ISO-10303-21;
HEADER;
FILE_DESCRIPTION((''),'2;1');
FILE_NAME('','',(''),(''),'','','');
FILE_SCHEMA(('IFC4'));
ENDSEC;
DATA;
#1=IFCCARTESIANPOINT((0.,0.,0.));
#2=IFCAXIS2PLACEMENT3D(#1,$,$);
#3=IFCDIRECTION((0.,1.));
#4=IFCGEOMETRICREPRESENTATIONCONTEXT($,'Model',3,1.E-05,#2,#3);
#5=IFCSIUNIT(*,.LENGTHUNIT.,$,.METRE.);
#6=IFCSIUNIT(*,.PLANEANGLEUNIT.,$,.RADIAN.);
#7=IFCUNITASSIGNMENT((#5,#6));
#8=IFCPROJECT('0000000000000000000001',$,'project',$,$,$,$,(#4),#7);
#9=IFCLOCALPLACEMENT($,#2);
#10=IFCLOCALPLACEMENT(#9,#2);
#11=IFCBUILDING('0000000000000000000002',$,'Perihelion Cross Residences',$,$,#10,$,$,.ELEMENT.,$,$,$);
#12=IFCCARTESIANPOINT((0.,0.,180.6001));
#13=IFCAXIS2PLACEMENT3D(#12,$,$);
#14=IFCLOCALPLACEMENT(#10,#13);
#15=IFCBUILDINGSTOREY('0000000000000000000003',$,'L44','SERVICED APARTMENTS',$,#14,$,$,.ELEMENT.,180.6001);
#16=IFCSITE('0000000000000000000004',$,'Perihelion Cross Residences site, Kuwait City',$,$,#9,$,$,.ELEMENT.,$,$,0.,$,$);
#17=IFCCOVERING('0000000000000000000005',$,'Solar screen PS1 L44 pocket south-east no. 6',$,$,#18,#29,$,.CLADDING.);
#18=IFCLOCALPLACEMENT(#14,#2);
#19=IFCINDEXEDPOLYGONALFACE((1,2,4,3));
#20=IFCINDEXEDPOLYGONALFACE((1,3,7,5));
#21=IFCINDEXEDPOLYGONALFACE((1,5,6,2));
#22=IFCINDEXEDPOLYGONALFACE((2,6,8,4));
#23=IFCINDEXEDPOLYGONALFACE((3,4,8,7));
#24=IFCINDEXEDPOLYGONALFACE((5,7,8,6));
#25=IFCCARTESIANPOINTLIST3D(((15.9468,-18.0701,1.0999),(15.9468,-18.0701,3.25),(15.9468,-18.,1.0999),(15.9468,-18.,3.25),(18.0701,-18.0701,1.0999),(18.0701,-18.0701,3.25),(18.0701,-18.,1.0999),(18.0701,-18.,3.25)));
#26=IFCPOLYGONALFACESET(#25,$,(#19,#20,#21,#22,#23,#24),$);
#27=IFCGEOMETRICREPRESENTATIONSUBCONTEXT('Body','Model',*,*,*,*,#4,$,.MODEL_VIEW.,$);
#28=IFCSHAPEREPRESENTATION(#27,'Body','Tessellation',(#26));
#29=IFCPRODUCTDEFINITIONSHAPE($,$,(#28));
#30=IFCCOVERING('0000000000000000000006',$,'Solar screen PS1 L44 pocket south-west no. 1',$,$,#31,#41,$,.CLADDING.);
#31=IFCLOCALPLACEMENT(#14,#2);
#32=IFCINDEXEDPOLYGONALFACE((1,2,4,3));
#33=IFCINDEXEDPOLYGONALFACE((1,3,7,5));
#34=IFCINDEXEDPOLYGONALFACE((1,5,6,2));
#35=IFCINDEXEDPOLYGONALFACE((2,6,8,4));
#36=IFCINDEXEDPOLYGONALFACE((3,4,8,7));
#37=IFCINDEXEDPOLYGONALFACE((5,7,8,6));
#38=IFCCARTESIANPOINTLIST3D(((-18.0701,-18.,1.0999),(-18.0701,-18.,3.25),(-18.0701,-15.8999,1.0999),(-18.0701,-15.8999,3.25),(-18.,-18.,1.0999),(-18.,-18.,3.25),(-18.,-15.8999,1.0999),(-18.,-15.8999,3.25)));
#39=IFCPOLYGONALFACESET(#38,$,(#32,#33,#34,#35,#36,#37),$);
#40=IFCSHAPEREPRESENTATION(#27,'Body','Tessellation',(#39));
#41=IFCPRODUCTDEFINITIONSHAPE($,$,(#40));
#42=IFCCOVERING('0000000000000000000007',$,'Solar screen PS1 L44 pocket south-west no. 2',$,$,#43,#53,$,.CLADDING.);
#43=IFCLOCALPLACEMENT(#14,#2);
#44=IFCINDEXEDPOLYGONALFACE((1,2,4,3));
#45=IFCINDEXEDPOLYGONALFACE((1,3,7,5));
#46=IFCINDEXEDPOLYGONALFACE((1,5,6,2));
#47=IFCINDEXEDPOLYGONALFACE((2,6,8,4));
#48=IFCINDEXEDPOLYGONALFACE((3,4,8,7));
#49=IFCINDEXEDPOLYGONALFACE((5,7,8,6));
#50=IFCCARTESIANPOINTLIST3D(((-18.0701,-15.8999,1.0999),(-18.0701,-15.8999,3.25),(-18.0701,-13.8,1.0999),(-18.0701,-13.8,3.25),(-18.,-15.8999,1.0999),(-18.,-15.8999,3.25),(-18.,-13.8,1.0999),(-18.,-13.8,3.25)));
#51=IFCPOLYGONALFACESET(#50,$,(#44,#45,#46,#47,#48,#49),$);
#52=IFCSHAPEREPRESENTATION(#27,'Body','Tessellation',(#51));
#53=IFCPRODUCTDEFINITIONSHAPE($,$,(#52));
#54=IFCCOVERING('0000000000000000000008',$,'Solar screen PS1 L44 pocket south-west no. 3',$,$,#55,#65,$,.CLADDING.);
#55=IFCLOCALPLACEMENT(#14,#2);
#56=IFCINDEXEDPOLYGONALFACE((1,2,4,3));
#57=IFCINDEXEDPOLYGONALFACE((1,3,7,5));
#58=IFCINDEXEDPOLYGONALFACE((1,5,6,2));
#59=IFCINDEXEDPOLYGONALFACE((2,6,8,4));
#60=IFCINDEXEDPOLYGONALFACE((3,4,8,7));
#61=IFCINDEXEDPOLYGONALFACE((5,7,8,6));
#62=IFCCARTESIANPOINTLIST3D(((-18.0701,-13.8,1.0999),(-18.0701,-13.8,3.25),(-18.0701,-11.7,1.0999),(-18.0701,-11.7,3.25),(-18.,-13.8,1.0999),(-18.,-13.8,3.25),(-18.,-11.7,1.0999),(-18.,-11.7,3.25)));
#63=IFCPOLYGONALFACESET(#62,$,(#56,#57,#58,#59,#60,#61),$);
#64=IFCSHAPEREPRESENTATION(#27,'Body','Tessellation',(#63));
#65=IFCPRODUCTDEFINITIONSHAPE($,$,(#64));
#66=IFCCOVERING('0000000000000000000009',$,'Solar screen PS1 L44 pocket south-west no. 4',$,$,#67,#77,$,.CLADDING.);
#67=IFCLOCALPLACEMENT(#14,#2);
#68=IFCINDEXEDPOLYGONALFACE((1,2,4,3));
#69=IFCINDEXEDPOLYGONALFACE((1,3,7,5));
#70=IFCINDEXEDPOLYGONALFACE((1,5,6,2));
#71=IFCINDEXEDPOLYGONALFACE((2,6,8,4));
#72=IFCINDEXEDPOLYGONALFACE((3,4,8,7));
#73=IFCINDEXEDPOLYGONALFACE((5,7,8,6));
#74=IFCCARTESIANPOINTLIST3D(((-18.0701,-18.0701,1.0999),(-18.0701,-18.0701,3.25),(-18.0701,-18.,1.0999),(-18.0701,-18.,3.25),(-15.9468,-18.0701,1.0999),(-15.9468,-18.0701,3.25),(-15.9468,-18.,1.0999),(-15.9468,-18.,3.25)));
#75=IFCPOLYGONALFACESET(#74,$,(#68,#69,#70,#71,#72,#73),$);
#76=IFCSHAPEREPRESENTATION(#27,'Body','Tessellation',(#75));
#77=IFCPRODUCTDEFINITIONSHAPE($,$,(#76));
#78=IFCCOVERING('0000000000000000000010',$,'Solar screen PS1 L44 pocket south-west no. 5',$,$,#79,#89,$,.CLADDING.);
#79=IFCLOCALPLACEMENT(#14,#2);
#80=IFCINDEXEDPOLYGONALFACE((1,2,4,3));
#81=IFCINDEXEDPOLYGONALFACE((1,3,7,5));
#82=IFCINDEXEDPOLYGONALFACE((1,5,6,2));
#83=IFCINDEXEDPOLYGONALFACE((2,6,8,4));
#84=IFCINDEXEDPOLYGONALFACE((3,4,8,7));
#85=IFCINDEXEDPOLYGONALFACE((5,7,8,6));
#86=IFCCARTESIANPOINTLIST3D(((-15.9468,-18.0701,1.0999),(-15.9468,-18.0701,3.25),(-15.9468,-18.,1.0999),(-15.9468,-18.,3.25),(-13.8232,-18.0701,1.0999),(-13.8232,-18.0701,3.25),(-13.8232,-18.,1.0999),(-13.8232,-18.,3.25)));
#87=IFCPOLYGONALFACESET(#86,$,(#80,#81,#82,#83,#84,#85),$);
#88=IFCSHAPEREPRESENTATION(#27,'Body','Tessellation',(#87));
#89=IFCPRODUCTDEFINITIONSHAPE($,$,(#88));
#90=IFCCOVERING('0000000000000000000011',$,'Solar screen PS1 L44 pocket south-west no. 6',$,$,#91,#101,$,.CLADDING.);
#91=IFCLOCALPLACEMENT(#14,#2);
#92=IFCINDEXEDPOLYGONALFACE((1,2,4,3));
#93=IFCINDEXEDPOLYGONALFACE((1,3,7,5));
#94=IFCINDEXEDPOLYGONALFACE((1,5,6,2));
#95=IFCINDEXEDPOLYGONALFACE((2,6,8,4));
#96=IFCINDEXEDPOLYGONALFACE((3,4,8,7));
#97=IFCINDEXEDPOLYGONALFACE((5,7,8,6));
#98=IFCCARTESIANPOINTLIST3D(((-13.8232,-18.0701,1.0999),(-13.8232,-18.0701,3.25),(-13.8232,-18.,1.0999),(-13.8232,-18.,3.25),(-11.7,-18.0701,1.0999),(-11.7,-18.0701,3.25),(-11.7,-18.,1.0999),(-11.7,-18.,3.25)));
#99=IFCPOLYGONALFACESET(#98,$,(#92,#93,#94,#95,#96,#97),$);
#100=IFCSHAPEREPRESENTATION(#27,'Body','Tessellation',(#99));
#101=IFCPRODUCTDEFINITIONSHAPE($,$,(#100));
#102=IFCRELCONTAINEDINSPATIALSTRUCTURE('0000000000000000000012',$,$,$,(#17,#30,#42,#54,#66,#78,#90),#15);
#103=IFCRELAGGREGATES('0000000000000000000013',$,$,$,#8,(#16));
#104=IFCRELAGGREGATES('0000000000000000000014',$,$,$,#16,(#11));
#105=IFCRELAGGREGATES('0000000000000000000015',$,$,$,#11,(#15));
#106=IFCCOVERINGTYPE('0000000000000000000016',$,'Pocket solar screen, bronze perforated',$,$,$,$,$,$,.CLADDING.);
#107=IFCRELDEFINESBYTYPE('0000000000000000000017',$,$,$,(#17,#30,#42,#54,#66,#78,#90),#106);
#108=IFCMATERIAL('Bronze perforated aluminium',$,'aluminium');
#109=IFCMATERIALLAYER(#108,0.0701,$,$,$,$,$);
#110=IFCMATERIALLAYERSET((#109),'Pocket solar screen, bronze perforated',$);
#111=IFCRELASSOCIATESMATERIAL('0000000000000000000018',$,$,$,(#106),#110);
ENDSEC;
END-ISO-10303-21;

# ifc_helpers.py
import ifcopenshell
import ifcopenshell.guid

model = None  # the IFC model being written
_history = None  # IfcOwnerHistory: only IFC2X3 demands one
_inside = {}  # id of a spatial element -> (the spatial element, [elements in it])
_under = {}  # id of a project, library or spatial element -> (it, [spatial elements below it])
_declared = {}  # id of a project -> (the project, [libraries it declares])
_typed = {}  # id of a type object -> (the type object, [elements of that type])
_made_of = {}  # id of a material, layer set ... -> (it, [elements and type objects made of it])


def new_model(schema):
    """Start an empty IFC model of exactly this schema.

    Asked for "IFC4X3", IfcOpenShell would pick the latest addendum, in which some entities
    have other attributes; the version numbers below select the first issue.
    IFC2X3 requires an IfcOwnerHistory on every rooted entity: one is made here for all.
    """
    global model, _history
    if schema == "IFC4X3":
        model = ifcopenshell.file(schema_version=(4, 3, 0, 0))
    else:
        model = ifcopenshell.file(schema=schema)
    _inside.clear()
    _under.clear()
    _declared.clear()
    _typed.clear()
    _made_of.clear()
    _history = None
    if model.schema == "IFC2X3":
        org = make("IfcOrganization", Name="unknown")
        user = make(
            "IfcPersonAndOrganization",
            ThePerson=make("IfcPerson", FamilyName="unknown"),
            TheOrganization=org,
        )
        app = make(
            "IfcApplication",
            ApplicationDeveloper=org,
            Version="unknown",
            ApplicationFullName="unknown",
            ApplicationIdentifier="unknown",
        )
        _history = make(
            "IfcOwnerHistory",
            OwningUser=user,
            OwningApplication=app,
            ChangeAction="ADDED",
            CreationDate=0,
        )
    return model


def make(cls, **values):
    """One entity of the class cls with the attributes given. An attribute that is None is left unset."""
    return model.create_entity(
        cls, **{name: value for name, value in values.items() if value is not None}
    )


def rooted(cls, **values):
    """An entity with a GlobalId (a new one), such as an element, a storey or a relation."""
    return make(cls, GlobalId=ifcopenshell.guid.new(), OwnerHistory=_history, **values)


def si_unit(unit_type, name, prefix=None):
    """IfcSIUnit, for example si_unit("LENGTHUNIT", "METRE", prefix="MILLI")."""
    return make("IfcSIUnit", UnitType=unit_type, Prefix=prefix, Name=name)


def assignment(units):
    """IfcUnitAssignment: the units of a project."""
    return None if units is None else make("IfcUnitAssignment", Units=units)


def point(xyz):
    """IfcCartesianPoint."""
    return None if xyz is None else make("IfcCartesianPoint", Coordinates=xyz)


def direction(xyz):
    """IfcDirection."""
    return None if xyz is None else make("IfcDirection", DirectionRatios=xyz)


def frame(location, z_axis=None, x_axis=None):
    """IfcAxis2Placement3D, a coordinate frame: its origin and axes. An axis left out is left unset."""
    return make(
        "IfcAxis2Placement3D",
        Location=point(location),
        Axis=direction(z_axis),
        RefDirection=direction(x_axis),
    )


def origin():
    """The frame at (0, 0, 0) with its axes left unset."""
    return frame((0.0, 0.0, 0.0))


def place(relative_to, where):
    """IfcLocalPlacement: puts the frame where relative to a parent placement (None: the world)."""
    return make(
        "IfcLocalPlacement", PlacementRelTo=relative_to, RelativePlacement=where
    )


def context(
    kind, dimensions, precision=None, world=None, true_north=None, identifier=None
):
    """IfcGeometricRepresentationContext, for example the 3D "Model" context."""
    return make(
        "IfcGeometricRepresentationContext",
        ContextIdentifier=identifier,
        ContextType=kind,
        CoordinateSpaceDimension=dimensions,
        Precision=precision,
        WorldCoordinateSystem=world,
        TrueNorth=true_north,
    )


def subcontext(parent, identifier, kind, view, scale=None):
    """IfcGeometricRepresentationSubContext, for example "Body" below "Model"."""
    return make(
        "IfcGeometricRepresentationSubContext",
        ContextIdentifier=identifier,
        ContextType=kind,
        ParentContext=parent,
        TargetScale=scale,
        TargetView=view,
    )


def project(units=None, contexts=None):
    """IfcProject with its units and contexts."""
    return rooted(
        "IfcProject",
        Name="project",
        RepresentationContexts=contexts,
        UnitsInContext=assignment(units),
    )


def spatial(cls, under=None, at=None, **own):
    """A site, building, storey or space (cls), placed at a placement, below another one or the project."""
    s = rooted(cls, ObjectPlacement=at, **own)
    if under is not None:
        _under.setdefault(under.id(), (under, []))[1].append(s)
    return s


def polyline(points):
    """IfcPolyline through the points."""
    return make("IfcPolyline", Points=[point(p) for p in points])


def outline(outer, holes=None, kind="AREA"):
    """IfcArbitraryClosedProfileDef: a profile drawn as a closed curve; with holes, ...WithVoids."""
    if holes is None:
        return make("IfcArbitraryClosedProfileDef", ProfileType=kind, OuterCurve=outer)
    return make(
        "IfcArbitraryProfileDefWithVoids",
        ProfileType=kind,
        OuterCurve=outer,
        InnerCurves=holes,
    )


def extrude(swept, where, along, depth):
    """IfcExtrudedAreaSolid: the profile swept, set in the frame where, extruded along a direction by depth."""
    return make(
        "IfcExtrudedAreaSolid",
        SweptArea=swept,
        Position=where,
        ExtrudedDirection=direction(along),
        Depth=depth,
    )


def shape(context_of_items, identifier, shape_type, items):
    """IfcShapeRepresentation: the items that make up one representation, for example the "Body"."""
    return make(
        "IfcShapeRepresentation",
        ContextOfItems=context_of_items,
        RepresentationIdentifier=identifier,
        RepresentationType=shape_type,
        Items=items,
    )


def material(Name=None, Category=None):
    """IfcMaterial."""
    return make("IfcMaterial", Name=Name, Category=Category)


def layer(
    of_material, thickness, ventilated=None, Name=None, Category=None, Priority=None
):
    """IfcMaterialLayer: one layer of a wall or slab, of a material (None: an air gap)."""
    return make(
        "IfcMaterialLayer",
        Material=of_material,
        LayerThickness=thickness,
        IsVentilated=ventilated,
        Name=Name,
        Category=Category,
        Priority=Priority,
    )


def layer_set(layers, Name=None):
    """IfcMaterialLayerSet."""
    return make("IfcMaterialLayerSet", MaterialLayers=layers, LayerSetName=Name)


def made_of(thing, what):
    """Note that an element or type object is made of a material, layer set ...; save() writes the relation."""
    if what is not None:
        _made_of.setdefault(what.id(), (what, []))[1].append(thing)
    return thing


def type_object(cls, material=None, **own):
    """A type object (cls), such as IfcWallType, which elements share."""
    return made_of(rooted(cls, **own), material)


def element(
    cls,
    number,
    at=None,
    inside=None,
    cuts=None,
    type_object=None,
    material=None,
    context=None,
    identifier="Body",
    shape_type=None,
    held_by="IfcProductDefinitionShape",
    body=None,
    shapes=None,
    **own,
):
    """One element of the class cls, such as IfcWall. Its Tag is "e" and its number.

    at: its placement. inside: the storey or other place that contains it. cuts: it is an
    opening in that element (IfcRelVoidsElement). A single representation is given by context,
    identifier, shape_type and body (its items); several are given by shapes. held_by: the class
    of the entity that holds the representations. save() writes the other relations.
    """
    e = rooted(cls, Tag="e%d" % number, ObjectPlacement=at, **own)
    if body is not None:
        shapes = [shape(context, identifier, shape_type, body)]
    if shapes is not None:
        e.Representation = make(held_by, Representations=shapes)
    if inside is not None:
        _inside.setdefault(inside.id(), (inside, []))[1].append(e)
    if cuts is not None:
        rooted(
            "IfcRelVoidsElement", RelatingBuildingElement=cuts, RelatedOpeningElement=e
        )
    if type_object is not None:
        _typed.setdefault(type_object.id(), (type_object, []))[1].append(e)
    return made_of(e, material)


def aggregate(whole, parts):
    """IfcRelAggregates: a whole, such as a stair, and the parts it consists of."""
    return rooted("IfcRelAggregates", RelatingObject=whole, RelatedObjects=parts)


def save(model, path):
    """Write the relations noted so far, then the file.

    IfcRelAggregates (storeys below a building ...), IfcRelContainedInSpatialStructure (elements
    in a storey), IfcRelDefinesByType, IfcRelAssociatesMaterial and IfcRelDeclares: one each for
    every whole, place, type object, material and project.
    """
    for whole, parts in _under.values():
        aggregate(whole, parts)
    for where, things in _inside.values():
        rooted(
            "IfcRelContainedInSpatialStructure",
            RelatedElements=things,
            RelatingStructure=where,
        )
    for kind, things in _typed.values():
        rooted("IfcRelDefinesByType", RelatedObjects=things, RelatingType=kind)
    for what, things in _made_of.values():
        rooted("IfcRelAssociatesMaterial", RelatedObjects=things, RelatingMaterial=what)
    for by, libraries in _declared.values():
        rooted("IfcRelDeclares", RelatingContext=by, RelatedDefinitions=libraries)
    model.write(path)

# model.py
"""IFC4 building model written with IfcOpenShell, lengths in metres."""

from ifc_helpers import new_model, si_unit, direction, frame, origin, place, context, subcontext, project, spatial, polyline, outline, extrude, material, layer, layer_set, type_object, element, save


model = new_model("IFC4")

# Units and contexts
model_context = context("Model", 3, precision=1e-05, world=origin(), true_north=direction((0.0, 1.0)))
body_context = subcontext(model_context, "Body", "Model", "MODEL_VIEW")
ifc_project = project(units=[si_unit("LENGTHUNIT", "METRE"), si_unit("PLANEANGLEUNIT", "RADIAN")], contexts=[model_context])

# Site, building, storey
site_placement = place(None, origin())
site = spatial("IfcSite", under=ifc_project, at=site_placement, Name="Perihelion Cross Residences site, Kuwait City", CompositionType="ELEMENT", RefElevation=0.0)
building_placement = place(site_placement, origin())
building = spatial("IfcBuilding", under=site, at=building_placement, Name="Perihelion Cross Residences", CompositionType="ELEMENT")
storey_placement = place(building_placement, frame((0.0, 0.0, 180.6001)))
storey = spatial("IfcBuildingStorey", under=building, at=storey_placement, Name="L44", Description="SERVICED APARTMENTS", CompositionType="ELEMENT", Elevation=180.6001)

# Coverings
ifc_material_1 = material(Name="Bronze perforated aluminium", Category="aluminium")
ifc_layer_1 = layer(ifc_material_1, 0.0701)
ifc_layer_set_1 = layer_set([ifc_layer_1], Name="Pocket solar screen, bronze perforated")
covering_type_1 = type_object("IfcCoveringType", Name="Pocket solar screen, bronze perforated", PredefinedType="CLADDING", material=ifc_layer_set_1)
covering_1_placement = place(storey_placement, frame((0.0, 0.0, 1.0999)))
element("IfcCovering", 1, at=covering_1_placement, inside=storey, type_object=covering_type_1, Name="Solar screen PS1 L44 pocket south-east no. 6", PredefinedType="CLADDING", context=body_context, shape_type="SweptSolid", body=[
    extrude(outline(polyline([(18.0701, -18.0701), (18.0701, -18.0), (15.9468, -18.0), (15.9468, -18.0701), (18.0701, -18.0701)])), origin(), (0.0, 0.0, 1.0), 2.1501),
])
covering_2_placement = place(storey_placement, frame((0.0, 0.0, 1.0999)))
element("IfcCovering", 2, at=covering_2_placement, inside=storey, type_object=covering_type_1, Name="Solar screen PS1 L44 pocket south-west no. 1", PredefinedType="CLADDING", context=body_context, shape_type="SweptSolid", body=[
    extrude(outline(polyline([(-18.0, -18.0), (-18.0, -15.8999), (-18.0701, -15.8999), (-18.0701, -18.0), (-18.0, -18.0)])), origin(), (0.0, 0.0, 1.0), 2.1501),
])
covering_3_placement = place(storey_placement, frame((0.0, 0.0, 1.0999)))
element("IfcCovering", 3, at=covering_3_placement, inside=storey, type_object=covering_type_1, Name="Solar screen PS1 L44 pocket south-west no. 2", PredefinedType="CLADDING", context=body_context, shape_type="SweptSolid", body=[
    extrude(outline(polyline([(-18.0, -15.8999), (-18.0, -13.8), (-18.0701, -13.8), (-18.0701, -15.8999), (-18.0, -15.8999)])), origin(), (0.0, 0.0, 1.0), 2.1501),
])
covering_4_placement = place(storey_placement, frame((0.0, 0.0, 1.0999)))
element("IfcCovering", 4, at=covering_4_placement, inside=storey, type_object=covering_type_1, Name="Solar screen PS1 L44 pocket south-west no. 3", PredefinedType="CLADDING", context=body_context, shape_type="SweptSolid", body=[
    extrude(outline(polyline([(-18.0, -13.8), (-18.0, -11.7), (-18.0701, -11.7), (-18.0701, -13.8), (-18.0, -13.8)])), origin(), (0.0, 0.0, 1.0), 2.1501),
])
covering_5_placement = place(storey_placement, frame((0.0, 0.0, 1.0999)))
element("IfcCovering", 5, at=covering_5_placement, inside=storey, type_object=covering_type_1, Name="Solar screen PS1 L44 pocket south-west no. 4", PredefinedType="CLADDING", context=body_context, shape_type="SweptSolid", body=[
    extrude(outline(polyline([(-15.9468, -18.0701), (-15.9468, -18.0), (-18.0701, -18.0), (-18.0701, -18.0701), (-15.9468, -18.0701)])), origin(), (0.0, 0.0, 1.0), 2.1501),
])
covering_6_placement = place(storey_placement, frame((0.0, 0.0, 1.0999)))
element("IfcCovering", 6, at=covering_6_placement, inside=storey, type_object=covering_type_1, Name="Solar screen PS1 L44 pocket south-west no. 5", PredefinedType="CLADDING", context=body_context, shape_type="SweptSolid", body=[
    extrude(outline(polyline([(-13.8232, -18.0701), (-13.8232, -18.0), (-15.9468, -18.0), (-15.9468, -18.0701), (-13.8232, -18.0701)])), origin(), (0.0, 0.0, 1.0), 2.1501),
])
covering_7_placement = place(storey_placement, frame((0.0, 0.0, 1.0999)))
element("IfcCovering", 7, at=covering_7_placement, inside=storey, type_object=covering_type_1, Name="Solar screen PS1 L44 pocket south-west no. 6", PredefinedType="CLADDING", context=body_context, shape_type="SweptSolid", body=[
    extrude(outline(polyline([(-11.7, -18.0701), (-11.7, -18.0), (-13.8232, -18.0), (-13.8232, -18.0701), (-11.7, -18.0701)])), origin(), (0.0, 0.0, 1.0), 2.1501),
])

save(model, "model.ifc")
